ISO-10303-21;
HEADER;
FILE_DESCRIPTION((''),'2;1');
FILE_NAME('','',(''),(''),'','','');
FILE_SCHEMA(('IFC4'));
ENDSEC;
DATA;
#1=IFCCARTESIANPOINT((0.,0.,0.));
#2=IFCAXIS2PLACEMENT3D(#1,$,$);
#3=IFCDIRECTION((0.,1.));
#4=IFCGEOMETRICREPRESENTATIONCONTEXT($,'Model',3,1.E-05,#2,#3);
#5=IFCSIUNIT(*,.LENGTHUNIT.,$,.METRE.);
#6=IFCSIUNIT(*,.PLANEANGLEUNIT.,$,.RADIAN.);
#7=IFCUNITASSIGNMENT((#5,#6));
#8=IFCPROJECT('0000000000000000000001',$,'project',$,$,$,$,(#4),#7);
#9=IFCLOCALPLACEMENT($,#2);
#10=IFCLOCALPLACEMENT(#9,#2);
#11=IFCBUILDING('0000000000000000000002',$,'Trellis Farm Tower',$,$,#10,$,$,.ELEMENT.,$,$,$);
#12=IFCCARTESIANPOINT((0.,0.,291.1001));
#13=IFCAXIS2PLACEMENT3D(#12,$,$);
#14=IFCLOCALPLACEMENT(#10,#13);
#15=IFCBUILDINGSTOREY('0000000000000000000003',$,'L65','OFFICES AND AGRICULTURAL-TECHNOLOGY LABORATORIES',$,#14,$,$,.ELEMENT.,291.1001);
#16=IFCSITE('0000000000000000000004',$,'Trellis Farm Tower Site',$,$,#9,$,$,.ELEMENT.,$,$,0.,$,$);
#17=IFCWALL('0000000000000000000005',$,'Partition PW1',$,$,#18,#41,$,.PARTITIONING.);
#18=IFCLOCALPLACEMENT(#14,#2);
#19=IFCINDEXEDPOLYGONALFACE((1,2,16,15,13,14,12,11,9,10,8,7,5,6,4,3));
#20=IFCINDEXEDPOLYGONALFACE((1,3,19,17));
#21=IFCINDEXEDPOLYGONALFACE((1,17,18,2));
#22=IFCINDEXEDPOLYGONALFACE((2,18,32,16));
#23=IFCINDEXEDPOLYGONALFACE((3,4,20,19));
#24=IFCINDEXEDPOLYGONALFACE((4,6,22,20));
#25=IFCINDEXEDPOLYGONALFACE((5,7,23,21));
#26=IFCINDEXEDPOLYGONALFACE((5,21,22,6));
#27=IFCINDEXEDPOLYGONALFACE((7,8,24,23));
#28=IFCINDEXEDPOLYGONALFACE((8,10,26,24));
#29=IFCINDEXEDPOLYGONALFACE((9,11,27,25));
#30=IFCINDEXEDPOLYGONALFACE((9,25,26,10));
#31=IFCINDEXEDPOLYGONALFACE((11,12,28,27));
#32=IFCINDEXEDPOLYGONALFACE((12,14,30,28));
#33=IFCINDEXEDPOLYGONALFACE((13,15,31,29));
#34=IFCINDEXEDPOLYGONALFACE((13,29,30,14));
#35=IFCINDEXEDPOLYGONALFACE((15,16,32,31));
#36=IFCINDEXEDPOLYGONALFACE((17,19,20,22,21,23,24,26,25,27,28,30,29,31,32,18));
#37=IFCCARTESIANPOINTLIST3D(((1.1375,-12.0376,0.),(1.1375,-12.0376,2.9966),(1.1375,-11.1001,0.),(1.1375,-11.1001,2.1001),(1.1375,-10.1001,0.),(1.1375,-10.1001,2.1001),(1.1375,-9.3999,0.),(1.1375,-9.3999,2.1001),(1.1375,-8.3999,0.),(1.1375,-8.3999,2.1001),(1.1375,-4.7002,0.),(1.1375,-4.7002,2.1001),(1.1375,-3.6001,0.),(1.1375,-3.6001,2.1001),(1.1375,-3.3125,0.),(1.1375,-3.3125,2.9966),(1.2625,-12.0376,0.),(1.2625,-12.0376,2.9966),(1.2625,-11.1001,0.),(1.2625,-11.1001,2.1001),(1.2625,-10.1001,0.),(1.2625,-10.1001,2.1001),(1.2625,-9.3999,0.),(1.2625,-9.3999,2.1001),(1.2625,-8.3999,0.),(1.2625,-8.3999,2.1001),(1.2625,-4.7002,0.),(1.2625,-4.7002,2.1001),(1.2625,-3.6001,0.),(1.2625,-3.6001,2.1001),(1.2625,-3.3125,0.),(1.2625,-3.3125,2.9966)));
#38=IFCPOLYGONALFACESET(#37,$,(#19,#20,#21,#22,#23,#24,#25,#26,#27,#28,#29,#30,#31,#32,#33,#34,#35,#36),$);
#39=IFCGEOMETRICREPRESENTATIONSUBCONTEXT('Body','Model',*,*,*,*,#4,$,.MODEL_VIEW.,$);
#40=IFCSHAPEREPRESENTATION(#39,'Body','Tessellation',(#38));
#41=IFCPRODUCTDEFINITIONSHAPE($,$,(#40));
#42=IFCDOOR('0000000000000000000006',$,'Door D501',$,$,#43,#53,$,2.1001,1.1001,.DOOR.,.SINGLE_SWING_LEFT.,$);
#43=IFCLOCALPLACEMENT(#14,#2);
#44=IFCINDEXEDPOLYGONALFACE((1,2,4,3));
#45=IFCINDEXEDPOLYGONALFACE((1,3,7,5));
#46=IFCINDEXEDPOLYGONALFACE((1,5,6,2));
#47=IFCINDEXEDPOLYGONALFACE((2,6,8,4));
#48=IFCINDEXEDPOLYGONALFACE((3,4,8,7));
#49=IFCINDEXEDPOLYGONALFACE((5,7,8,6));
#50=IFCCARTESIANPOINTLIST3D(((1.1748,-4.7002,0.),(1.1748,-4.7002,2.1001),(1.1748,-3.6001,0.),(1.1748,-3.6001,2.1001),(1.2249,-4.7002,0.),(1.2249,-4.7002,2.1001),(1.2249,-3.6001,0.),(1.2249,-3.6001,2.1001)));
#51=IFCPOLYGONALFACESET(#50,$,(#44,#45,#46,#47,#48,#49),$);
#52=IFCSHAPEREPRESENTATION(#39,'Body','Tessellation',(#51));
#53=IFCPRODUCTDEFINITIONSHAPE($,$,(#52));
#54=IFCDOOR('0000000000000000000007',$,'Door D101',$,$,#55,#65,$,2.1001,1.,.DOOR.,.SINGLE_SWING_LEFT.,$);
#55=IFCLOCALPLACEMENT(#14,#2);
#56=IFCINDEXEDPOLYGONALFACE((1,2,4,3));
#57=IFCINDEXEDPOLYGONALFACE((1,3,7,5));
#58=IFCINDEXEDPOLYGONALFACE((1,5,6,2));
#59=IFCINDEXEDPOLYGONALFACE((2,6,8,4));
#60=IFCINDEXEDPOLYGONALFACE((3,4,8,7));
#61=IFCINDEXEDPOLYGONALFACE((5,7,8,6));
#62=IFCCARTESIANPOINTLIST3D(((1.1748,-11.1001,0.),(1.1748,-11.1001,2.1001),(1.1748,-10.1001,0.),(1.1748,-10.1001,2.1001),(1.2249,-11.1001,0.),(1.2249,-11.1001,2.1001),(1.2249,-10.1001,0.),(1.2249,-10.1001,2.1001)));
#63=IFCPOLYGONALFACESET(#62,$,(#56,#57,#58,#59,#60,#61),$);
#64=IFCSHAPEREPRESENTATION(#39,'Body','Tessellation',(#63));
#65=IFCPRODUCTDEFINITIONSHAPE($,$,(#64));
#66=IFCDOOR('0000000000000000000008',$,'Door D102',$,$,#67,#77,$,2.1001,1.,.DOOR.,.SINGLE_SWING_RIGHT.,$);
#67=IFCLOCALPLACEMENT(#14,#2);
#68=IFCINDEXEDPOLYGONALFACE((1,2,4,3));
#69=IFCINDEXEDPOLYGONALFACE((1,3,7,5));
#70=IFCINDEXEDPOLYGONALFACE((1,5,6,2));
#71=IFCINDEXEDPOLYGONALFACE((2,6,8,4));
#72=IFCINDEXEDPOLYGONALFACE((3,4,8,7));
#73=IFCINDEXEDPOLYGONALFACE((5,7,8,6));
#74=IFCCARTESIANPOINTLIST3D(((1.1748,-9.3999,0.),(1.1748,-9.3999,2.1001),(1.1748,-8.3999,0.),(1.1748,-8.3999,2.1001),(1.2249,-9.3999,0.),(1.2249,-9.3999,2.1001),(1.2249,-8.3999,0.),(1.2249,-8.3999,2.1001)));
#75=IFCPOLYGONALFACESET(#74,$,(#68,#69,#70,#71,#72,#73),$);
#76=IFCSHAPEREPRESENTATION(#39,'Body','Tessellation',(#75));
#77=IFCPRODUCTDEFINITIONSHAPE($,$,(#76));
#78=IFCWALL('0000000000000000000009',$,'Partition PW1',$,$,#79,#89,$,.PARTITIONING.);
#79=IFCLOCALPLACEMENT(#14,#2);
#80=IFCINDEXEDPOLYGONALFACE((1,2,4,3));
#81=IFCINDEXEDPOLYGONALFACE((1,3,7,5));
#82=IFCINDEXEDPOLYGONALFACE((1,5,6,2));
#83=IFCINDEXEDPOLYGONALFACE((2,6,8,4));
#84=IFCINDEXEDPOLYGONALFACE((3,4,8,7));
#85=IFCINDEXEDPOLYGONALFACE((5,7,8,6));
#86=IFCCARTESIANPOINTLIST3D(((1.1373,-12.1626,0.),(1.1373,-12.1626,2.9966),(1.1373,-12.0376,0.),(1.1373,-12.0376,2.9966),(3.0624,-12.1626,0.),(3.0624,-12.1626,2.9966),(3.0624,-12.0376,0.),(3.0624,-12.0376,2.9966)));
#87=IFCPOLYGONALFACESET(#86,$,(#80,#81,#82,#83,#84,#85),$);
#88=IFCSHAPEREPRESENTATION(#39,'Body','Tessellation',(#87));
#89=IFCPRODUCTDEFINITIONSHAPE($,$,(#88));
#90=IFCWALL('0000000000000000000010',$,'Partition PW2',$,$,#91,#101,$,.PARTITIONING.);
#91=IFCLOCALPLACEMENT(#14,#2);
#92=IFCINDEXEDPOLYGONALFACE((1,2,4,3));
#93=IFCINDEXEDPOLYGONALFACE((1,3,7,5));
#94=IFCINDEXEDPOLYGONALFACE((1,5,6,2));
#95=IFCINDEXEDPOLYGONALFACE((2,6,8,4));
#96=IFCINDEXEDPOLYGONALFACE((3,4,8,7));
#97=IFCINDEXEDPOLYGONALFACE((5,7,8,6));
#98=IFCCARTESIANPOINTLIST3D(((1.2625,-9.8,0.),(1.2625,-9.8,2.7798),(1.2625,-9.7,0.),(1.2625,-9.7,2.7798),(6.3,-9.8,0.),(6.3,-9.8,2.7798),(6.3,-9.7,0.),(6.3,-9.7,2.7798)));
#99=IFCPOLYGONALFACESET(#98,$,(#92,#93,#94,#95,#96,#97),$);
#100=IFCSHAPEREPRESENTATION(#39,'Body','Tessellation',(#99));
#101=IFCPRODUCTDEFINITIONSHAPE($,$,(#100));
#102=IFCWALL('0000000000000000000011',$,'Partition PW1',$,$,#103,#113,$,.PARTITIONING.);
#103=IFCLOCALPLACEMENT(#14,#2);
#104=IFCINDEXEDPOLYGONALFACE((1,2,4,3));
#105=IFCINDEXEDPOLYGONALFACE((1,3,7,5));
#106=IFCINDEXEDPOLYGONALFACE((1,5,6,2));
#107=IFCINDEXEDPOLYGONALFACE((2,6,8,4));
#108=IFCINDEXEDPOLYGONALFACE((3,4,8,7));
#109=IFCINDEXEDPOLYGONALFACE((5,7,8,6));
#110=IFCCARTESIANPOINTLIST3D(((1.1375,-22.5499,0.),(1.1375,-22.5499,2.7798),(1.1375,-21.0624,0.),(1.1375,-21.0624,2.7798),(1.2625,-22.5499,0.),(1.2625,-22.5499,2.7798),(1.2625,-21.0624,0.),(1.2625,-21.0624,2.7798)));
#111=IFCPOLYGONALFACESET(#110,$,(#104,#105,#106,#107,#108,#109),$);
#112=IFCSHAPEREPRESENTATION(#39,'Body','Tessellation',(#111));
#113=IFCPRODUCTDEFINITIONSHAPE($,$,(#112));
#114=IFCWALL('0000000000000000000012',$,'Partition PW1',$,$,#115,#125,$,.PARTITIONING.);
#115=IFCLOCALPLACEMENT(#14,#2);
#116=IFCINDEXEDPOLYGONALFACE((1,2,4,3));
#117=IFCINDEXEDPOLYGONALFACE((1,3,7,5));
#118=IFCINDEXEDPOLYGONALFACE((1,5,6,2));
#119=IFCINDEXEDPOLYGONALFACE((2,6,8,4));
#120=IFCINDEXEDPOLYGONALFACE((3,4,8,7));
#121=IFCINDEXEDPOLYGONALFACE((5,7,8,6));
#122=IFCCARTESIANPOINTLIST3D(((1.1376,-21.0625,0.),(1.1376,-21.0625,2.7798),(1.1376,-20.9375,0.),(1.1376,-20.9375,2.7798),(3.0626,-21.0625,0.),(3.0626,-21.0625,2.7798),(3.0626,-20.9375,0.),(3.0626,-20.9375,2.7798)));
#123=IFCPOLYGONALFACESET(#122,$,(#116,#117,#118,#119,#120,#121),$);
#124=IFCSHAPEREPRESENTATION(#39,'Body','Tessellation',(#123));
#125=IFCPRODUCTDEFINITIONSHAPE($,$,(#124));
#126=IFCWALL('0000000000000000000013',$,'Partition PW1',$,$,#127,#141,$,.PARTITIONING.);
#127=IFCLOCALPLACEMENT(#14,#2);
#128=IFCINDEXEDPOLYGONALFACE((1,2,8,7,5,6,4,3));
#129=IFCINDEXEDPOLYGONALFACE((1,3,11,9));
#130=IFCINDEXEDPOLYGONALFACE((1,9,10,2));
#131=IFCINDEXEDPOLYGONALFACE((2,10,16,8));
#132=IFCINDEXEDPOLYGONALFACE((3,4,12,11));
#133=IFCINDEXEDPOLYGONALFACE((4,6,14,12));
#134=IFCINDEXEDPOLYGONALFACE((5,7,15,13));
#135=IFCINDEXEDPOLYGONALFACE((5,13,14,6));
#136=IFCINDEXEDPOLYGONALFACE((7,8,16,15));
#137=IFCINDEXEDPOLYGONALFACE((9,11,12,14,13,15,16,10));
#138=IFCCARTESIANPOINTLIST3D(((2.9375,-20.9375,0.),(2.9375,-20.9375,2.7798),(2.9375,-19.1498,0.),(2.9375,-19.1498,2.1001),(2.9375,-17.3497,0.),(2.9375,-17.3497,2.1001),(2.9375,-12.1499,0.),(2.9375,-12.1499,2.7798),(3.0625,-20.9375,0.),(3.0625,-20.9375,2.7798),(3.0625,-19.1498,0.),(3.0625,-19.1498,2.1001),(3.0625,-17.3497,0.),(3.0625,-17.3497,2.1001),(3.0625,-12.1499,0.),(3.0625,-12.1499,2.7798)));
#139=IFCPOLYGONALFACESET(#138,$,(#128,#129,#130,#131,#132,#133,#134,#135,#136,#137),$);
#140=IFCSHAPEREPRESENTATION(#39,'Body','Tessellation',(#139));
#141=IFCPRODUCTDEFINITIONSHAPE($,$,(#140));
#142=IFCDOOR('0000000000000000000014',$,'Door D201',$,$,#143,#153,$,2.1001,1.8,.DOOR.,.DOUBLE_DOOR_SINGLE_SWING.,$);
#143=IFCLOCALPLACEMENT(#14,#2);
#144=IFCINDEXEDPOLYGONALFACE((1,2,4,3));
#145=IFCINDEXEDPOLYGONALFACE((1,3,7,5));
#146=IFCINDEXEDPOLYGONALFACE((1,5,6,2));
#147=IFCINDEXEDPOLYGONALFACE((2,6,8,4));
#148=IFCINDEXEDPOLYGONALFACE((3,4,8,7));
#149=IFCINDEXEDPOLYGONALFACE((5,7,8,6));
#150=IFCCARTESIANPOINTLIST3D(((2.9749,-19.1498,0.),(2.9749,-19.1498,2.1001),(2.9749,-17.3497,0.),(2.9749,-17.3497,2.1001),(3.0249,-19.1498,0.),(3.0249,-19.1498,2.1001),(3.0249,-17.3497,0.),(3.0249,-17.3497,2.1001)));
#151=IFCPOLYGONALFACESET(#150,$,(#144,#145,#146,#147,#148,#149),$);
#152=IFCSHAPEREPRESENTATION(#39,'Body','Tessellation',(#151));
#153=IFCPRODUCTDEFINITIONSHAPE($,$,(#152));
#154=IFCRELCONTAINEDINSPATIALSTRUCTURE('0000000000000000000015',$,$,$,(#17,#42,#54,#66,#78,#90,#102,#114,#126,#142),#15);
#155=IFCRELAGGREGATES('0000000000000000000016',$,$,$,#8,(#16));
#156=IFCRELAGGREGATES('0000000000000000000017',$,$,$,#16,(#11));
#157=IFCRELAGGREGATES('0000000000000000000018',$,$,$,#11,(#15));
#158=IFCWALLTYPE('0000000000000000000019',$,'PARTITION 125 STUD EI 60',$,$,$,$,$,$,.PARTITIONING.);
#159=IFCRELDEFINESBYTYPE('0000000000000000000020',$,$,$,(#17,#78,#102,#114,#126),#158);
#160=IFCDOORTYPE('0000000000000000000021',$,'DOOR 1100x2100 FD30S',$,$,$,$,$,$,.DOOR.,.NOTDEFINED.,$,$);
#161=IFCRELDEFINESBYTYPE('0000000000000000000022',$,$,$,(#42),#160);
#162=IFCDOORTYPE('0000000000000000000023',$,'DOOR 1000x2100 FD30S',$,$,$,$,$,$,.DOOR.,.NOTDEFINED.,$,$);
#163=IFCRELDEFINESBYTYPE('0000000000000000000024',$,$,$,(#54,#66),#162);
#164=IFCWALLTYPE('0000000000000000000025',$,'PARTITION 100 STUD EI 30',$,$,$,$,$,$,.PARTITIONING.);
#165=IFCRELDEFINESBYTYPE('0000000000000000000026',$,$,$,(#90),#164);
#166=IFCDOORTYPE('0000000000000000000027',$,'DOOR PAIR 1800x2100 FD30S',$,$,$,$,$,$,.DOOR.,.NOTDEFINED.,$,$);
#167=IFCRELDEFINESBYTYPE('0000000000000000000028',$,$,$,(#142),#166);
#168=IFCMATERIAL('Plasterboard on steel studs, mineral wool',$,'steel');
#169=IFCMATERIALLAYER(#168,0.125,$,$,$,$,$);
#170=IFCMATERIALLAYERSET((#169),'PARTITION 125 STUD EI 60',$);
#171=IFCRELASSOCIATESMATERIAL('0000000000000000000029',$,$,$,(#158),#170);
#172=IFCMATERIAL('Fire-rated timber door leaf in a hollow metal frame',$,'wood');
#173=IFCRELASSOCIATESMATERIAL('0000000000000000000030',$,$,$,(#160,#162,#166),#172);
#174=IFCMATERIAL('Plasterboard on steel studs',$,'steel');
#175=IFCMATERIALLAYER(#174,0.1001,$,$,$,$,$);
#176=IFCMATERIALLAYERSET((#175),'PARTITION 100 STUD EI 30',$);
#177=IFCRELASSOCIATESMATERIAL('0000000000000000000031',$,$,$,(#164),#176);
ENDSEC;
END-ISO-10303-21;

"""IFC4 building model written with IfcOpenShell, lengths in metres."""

from ifc_helpers import new_model, si_unit, direction, frame, frame_2d, origin, place, context, subcontext, project, spatial, rectangle, extrude, source, transform, mapped, material, layer, layer_set, type_object, element, fill, save


model = new_model("IFC4")

# Units and contexts
model_context = context("Model", 3, precision=1e-05, world=origin(), true_north=direction((0.0, 1.0)))
body_context = subcontext(model_context, "Body", "Model", "MODEL_VIEW")
ifc_project = project(units=[si_unit("LENGTHUNIT", "METRE"), si_unit("PLANEANGLEUNIT", "RADIAN")], contexts=[model_context])

# Site, building, storey
site_placement = place(None, origin())
site = spatial("IfcSite", under=ifc_project, at=site_placement, Name="Trellis Farm Tower Site", CompositionType="ELEMENT", RefElevation=0.0)
building_placement = place(site_placement, origin())
building = spatial("IfcBuilding", under=site, at=building_placement, Name="Trellis Farm Tower", CompositionType="ELEMENT")
storey_placement = place(building_placement, frame((0.0, 0.0, 291.1001)))
storey = spatial("IfcBuildingStorey", under=building, at=storey_placement, Name="L65", Description="OFFICES AND AGRICULTURAL-TECHNOLOGY LABORATORIES", CompositionType="ELEMENT", Elevation=291.1001)

# Wall, openings, doors
ifc_material_1 = material(Name="Plasterboard on steel studs, mineral wool", Category="steel")
ifc_layer_1 = layer(ifc_material_1, 0.125)
ifc_layer_set_1 = layer_set([ifc_layer_1], Name="PARTITION 125 STUD EI 60")
wall_type_1 = type_object("IfcWallType", Name="PARTITION 125 STUD EI 60", PredefinedType="PARTITIONING", material=ifc_layer_set_1)
shared_shape_1 = source(origin(), body_context, "Body", "SweptSolid", [
    extrude(rectangle(XDim=8.7251, YDim=0.125, at=frame_2d((4.3625, 0.0))), origin(), (0.0, 0.0, 1.0), 2.9966),
])
wall_1_placement = place(storey_placement, frame((1.2, -3.3125, 0.0), z_axis=(0.0, 0.0, 1.0), x_axis=(0.0, -1.0, 0.0)))
wall_1 = element("IfcWall", 1, at=wall_1_placement, inside=storey, type_object=wall_type_1, Name="Partition PW1", PredefinedType="PARTITIONING", context=body_context, shape_type="MappedRepresentation", body=[
    mapped(shared_shape_1, transform((0.0, 0.0, 0.0))),
])
shared_shape_2 = source(origin(), body_context, "Body", "SweptSolid", [
    extrude(rectangle(XDim=1.0, YDim=2.1001, at=frame_2d((0.5, 1.05))), frame((0.0, 0.0725, 0.0), z_axis=(0.0, -1.0, 0.0), x_axis=(1.0, 0.0, 0.0)), (0.0, 0.0, 1.0), 0.145),
])
opening_1_placement = place(wall_1_placement, frame((6.7876, 0.0, 0.0)))
opening_1 = element("IfcOpeningElement", 2, at=opening_1_placement, cuts=wall_1, PredefinedType="OPENING", context=body_context, shape_type="MappedRepresentation", body=[
    mapped(shared_shape_2, transform((0.0, 0.0, 0.0))),
])
opening_2_placement = place(wall_1_placement, frame((5.0874, 0.0, 0.0)))
opening_2 = element("IfcOpeningElement", 3, at=opening_2_placement, cuts=wall_1, PredefinedType="OPENING", context=body_context, shape_type="MappedRepresentation", body=[
    mapped(shared_shape_2, transform((0.0, 0.0, 0.0))),
])
shared_shape_3 = source(origin(), body_context, "Body", "SweptSolid", [
    extrude(rectangle(XDim=1.1001, YDim=2.1001, at=frame_2d((0.55, 1.05))), frame((0.0, 0.0725, 0.0), z_axis=(0.0, -1.0, 0.0), x_axis=(1.0, 0.0, 0.0)), (0.0, 0.0, 1.0), 0.145),
])
opening_3_placement = place(wall_1_placement, frame((0.2876, 0.0, 0.0)))
opening_3 = element("IfcOpeningElement", 4, at=opening_3_placement, cuts=wall_1, PredefinedType="OPENING", context=body_context, shape_type="MappedRepresentation", body=[
    mapped(shared_shape_3, transform((0.0, 0.0, 0.0))),
])
ifc_material_2 = material(Name="Fire-rated timber door leaf in a hollow metal frame", Category="wood")
door_type_1 = type_object("IfcDoorType", Name="DOOR 1100x2100 FD30S", OperationType="NOTDEFINED", PredefinedType="DOOR", material=ifc_material_2)
shared_shape_4 = source(origin(), body_context, "Body", "SweptSolid", [
    extrude(rectangle(XDim=1.1001, YDim=2.1001, at=frame_2d((0.55, 1.05))), frame((0.0, 0.0249, 0.0), z_axis=(0.0, -1.0, 0.0), x_axis=(1.0, 0.0, 0.0)), (0.0, 0.0, 1.0), 0.05),
])
door_1_placement = place(opening_3_placement, origin())
door_1 = element("IfcDoor", 5, at=door_1_placement, inside=storey, type_object=door_type_1, Name="Door D501", OperationType="SINGLE_SWING_LEFT", OverallHeight=2.1001, OverallWidth=1.1001, PredefinedType="DOOR", context=body_context, shape_type="MappedRepresentation", body=[
    mapped(shared_shape_4, transform((0.0, 0.0, 0.0))),
])
fill(opening_3, door_1)
door_type_2 = type_object("IfcDoorType", Name="DOOR 1000x2100 FD30S", OperationType="NOTDEFINED", PredefinedType="DOOR", material=ifc_material_2)
shared_shape_5 = source(origin(), body_context, "Body", "SweptSolid", [
    extrude(rectangle(XDim=1.0, YDim=2.1001, at=frame_2d((0.5, 1.05))), frame((0.0, 0.0249, 0.0), z_axis=(0.0, -1.0, 0.0), x_axis=(1.0, 0.0, 0.0)), (0.0, 0.0, 1.0), 0.05),
])
door_2_placement = place(opening_1_placement, origin())
door_2 = element("IfcDoor", 6, at=door_2_placement, inside=storey, type_object=door_type_2, Name="Door D101", OperationType="SINGLE_SWING_LEFT", OverallHeight=2.1001, OverallWidth=1.0, PredefinedType="DOOR", context=body_context, shape_type="MappedRepresentation", body=[
    mapped(shared_shape_5, transform((0.0, 0.0, 0.0))),
])
fill(opening_1, door_2)
door_3_placement = place(opening_2_placement, origin())
door_3 = element("IfcDoor", 7, at=door_3_placement, inside=storey, type_object=door_type_2, Name="Door D102", OperationType="SINGLE_SWING_RIGHT", OverallHeight=2.1001, OverallWidth=1.0, PredefinedType="DOOR", context=body_context, shape_type="MappedRepresentation", body=[
    mapped(shared_shape_5, transform((0.0, 0.0, 0.0))),
])
fill(opening_2, door_3)

# Walls
shared_shape_6 = source(origin(), body_context, "Body", "SweptSolid", [
    extrude(rectangle(XDim=1.925, YDim=0.125, at=frame_2d((0.9624, 0.0))), origin(), (0.0, 0.0, 1.0), 2.9966),
])
wall_2_placement = place(storey_placement, frame((1.1375, -12.1001, 0.0), z_axis=(0.0, 0.0, 1.0), x_axis=(1.0, 0.0, 0.0)))
element("IfcWall", 8, at=wall_2_placement, inside=storey, type_object=wall_type_1, Name="Partition PW1", PredefinedType="PARTITIONING", context=body_context, shape_type="MappedRepresentation", body=[
    mapped(shared_shape_6, transform((0.0, 0.0, 0.0))),
])
ifc_material_3 = material(Name="Plasterboard on steel studs", Category="steel")
ifc_layer_2 = layer(ifc_material_3, 0.1001)
ifc_layer_set_2 = layer_set([ifc_layer_2], Name="PARTITION 100 STUD EI 30")
wall_type_2 = type_object("IfcWallType", Name="PARTITION 100 STUD EI 30", PredefinedType="PARTITIONING", material=ifc_layer_set_2)
shared_shape_7 = source(origin(), body_context, "Body", "SweptSolid", [
    extrude(rectangle(XDim=5.0376, YDim=0.1001, at=frame_2d((2.5188, 0.0))), origin(), (0.0, 0.0, 1.0), 2.7798),
])
wall_3_placement = place(storey_placement, frame((1.2625, -9.75, 0.0), z_axis=(0.0, 0.0, 1.0), x_axis=(1.0, 0.0, 0.0)))
element("IfcWall", 9, at=wall_3_placement, inside=storey, type_object=wall_type_2, Name="Partition PW2", PredefinedType="PARTITIONING", context=body_context, shape_type="MappedRepresentation", body=[
    mapped(shared_shape_7, transform((0.0, 0.0, 0.0))),
])
shared_shape_8 = source(origin(), body_context, "Body", "SweptSolid", [
    extrude(rectangle(XDim=1.4875, YDim=0.125, at=frame_2d((0.7437, 0.0))), origin(), (0.0, 0.0, 1.0), 2.7798),
])
wall_4_placement = place(storey_placement, frame((1.2, -21.0625, 0.0), z_axis=(0.0, 0.0, 1.0), x_axis=(0.0, -1.0, 0.0)))
element("IfcWall", 10, at=wall_4_placement, inside=storey, type_object=wall_type_1, Name="Partition PW1", PredefinedType="PARTITIONING", context=body_context, shape_type="MappedRepresentation", body=[
    mapped(shared_shape_8, transform((0.0, 0.0, 0.0))),
])
shared_shape_9 = source(origin(), body_context, "Body", "SweptSolid", [
    extrude(rectangle(XDim=1.925, YDim=0.125, at=frame_2d((0.9624, 0.0))), origin(), (0.0, 0.0, 1.0), 2.7798),
])
wall_5_placement = place(storey_placement, frame((3.0625, -21.0, 0.0), z_axis=(0.0, 0.0, 1.0), x_axis=(-1.0, 0.0, 0.0)))
element("IfcWall", 11, at=wall_5_placement, inside=storey, type_object=wall_type_1, Name="Partition PW1", PredefinedType="PARTITIONING", context=body_context, shape_type="MappedRepresentation", body=[
    mapped(shared_shape_9, transform((0.0, 0.0, 0.0))),
])

# Wall, opening, door
shared_shape_10 = source(origin(), body_context, "Body", "SweptSolid", [
    extrude(rectangle(XDim=8.7876, YDim=0.125, at=frame_2d((4.3938, 0.0))), origin(), (0.0, 0.0, 1.0), 2.7798),
])
wall_6_placement = place(storey_placement, frame((3.0, -12.1499, 0.0), z_axis=(0.0, 0.0, 1.0), x_axis=(0.0, -1.0, 0.0)))
wall_6 = element("IfcWall", 12, at=wall_6_placement, inside=storey, type_object=wall_type_1, Name="Partition PW1", PredefinedType="PARTITIONING", context=body_context, shape_type="MappedRepresentation", body=[
    mapped(shared_shape_10, transform((0.0, 0.0, 0.0))),
])
shared_shape_11 = source(origin(), body_context, "Body", "SweptSolid", [
    extrude(rectangle(XDim=1.8, YDim=2.1001, at=frame_2d((0.8999, 1.05))), frame((0.0, 0.0725, 0.0), z_axis=(0.0, -1.0, 0.0), x_axis=(1.0, 0.0, 0.0)), (0.0, 0.0, 1.0), 0.145),
])
opening_4_placement = place(wall_6_placement, frame((5.2, 0.0, 0.0)))
opening_4 = element("IfcOpeningElement", 13, at=opening_4_placement, cuts=wall_6, PredefinedType="OPENING", context=body_context, shape_type="MappedRepresentation", body=[
    mapped(shared_shape_11, transform((0.0, 0.0, 0.0))),
])
door_type_3 = type_object("IfcDoorType", Name="DOOR PAIR 1800x2100 FD30S", OperationType="NOTDEFINED", PredefinedType="DOOR", material=ifc_material_2)
shared_shape_12 = source(origin(), body_context, "Body", "SweptSolid", [
    extrude(rectangle(XDim=1.8, YDim=2.1001, at=frame_2d((0.8999, 1.05))), frame((0.0, 0.0249, 0.0), z_axis=(0.0, -1.0, 0.0), x_axis=(1.0, 0.0, 0.0)), (0.0, 0.0, 1.0), 0.05),
])
door_4_placement = place(opening_4_placement, origin())
door_4 = element("IfcDoor", 14, at=door_4_placement, inside=storey, type_object=door_type_3, Name="Door D201", OperationType="DOUBLE_DOOR_SINGLE_SWING", OverallHeight=2.1001, OverallWidth=1.8, PredefinedType="DOOR", context=body_context, shape_type="MappedRepresentation", body=[
    mapped(shared_shape_12, transform((0.0, 0.0, 0.0))),
])
fill(opening_4, door_4)

save(model, "model.ifc")
